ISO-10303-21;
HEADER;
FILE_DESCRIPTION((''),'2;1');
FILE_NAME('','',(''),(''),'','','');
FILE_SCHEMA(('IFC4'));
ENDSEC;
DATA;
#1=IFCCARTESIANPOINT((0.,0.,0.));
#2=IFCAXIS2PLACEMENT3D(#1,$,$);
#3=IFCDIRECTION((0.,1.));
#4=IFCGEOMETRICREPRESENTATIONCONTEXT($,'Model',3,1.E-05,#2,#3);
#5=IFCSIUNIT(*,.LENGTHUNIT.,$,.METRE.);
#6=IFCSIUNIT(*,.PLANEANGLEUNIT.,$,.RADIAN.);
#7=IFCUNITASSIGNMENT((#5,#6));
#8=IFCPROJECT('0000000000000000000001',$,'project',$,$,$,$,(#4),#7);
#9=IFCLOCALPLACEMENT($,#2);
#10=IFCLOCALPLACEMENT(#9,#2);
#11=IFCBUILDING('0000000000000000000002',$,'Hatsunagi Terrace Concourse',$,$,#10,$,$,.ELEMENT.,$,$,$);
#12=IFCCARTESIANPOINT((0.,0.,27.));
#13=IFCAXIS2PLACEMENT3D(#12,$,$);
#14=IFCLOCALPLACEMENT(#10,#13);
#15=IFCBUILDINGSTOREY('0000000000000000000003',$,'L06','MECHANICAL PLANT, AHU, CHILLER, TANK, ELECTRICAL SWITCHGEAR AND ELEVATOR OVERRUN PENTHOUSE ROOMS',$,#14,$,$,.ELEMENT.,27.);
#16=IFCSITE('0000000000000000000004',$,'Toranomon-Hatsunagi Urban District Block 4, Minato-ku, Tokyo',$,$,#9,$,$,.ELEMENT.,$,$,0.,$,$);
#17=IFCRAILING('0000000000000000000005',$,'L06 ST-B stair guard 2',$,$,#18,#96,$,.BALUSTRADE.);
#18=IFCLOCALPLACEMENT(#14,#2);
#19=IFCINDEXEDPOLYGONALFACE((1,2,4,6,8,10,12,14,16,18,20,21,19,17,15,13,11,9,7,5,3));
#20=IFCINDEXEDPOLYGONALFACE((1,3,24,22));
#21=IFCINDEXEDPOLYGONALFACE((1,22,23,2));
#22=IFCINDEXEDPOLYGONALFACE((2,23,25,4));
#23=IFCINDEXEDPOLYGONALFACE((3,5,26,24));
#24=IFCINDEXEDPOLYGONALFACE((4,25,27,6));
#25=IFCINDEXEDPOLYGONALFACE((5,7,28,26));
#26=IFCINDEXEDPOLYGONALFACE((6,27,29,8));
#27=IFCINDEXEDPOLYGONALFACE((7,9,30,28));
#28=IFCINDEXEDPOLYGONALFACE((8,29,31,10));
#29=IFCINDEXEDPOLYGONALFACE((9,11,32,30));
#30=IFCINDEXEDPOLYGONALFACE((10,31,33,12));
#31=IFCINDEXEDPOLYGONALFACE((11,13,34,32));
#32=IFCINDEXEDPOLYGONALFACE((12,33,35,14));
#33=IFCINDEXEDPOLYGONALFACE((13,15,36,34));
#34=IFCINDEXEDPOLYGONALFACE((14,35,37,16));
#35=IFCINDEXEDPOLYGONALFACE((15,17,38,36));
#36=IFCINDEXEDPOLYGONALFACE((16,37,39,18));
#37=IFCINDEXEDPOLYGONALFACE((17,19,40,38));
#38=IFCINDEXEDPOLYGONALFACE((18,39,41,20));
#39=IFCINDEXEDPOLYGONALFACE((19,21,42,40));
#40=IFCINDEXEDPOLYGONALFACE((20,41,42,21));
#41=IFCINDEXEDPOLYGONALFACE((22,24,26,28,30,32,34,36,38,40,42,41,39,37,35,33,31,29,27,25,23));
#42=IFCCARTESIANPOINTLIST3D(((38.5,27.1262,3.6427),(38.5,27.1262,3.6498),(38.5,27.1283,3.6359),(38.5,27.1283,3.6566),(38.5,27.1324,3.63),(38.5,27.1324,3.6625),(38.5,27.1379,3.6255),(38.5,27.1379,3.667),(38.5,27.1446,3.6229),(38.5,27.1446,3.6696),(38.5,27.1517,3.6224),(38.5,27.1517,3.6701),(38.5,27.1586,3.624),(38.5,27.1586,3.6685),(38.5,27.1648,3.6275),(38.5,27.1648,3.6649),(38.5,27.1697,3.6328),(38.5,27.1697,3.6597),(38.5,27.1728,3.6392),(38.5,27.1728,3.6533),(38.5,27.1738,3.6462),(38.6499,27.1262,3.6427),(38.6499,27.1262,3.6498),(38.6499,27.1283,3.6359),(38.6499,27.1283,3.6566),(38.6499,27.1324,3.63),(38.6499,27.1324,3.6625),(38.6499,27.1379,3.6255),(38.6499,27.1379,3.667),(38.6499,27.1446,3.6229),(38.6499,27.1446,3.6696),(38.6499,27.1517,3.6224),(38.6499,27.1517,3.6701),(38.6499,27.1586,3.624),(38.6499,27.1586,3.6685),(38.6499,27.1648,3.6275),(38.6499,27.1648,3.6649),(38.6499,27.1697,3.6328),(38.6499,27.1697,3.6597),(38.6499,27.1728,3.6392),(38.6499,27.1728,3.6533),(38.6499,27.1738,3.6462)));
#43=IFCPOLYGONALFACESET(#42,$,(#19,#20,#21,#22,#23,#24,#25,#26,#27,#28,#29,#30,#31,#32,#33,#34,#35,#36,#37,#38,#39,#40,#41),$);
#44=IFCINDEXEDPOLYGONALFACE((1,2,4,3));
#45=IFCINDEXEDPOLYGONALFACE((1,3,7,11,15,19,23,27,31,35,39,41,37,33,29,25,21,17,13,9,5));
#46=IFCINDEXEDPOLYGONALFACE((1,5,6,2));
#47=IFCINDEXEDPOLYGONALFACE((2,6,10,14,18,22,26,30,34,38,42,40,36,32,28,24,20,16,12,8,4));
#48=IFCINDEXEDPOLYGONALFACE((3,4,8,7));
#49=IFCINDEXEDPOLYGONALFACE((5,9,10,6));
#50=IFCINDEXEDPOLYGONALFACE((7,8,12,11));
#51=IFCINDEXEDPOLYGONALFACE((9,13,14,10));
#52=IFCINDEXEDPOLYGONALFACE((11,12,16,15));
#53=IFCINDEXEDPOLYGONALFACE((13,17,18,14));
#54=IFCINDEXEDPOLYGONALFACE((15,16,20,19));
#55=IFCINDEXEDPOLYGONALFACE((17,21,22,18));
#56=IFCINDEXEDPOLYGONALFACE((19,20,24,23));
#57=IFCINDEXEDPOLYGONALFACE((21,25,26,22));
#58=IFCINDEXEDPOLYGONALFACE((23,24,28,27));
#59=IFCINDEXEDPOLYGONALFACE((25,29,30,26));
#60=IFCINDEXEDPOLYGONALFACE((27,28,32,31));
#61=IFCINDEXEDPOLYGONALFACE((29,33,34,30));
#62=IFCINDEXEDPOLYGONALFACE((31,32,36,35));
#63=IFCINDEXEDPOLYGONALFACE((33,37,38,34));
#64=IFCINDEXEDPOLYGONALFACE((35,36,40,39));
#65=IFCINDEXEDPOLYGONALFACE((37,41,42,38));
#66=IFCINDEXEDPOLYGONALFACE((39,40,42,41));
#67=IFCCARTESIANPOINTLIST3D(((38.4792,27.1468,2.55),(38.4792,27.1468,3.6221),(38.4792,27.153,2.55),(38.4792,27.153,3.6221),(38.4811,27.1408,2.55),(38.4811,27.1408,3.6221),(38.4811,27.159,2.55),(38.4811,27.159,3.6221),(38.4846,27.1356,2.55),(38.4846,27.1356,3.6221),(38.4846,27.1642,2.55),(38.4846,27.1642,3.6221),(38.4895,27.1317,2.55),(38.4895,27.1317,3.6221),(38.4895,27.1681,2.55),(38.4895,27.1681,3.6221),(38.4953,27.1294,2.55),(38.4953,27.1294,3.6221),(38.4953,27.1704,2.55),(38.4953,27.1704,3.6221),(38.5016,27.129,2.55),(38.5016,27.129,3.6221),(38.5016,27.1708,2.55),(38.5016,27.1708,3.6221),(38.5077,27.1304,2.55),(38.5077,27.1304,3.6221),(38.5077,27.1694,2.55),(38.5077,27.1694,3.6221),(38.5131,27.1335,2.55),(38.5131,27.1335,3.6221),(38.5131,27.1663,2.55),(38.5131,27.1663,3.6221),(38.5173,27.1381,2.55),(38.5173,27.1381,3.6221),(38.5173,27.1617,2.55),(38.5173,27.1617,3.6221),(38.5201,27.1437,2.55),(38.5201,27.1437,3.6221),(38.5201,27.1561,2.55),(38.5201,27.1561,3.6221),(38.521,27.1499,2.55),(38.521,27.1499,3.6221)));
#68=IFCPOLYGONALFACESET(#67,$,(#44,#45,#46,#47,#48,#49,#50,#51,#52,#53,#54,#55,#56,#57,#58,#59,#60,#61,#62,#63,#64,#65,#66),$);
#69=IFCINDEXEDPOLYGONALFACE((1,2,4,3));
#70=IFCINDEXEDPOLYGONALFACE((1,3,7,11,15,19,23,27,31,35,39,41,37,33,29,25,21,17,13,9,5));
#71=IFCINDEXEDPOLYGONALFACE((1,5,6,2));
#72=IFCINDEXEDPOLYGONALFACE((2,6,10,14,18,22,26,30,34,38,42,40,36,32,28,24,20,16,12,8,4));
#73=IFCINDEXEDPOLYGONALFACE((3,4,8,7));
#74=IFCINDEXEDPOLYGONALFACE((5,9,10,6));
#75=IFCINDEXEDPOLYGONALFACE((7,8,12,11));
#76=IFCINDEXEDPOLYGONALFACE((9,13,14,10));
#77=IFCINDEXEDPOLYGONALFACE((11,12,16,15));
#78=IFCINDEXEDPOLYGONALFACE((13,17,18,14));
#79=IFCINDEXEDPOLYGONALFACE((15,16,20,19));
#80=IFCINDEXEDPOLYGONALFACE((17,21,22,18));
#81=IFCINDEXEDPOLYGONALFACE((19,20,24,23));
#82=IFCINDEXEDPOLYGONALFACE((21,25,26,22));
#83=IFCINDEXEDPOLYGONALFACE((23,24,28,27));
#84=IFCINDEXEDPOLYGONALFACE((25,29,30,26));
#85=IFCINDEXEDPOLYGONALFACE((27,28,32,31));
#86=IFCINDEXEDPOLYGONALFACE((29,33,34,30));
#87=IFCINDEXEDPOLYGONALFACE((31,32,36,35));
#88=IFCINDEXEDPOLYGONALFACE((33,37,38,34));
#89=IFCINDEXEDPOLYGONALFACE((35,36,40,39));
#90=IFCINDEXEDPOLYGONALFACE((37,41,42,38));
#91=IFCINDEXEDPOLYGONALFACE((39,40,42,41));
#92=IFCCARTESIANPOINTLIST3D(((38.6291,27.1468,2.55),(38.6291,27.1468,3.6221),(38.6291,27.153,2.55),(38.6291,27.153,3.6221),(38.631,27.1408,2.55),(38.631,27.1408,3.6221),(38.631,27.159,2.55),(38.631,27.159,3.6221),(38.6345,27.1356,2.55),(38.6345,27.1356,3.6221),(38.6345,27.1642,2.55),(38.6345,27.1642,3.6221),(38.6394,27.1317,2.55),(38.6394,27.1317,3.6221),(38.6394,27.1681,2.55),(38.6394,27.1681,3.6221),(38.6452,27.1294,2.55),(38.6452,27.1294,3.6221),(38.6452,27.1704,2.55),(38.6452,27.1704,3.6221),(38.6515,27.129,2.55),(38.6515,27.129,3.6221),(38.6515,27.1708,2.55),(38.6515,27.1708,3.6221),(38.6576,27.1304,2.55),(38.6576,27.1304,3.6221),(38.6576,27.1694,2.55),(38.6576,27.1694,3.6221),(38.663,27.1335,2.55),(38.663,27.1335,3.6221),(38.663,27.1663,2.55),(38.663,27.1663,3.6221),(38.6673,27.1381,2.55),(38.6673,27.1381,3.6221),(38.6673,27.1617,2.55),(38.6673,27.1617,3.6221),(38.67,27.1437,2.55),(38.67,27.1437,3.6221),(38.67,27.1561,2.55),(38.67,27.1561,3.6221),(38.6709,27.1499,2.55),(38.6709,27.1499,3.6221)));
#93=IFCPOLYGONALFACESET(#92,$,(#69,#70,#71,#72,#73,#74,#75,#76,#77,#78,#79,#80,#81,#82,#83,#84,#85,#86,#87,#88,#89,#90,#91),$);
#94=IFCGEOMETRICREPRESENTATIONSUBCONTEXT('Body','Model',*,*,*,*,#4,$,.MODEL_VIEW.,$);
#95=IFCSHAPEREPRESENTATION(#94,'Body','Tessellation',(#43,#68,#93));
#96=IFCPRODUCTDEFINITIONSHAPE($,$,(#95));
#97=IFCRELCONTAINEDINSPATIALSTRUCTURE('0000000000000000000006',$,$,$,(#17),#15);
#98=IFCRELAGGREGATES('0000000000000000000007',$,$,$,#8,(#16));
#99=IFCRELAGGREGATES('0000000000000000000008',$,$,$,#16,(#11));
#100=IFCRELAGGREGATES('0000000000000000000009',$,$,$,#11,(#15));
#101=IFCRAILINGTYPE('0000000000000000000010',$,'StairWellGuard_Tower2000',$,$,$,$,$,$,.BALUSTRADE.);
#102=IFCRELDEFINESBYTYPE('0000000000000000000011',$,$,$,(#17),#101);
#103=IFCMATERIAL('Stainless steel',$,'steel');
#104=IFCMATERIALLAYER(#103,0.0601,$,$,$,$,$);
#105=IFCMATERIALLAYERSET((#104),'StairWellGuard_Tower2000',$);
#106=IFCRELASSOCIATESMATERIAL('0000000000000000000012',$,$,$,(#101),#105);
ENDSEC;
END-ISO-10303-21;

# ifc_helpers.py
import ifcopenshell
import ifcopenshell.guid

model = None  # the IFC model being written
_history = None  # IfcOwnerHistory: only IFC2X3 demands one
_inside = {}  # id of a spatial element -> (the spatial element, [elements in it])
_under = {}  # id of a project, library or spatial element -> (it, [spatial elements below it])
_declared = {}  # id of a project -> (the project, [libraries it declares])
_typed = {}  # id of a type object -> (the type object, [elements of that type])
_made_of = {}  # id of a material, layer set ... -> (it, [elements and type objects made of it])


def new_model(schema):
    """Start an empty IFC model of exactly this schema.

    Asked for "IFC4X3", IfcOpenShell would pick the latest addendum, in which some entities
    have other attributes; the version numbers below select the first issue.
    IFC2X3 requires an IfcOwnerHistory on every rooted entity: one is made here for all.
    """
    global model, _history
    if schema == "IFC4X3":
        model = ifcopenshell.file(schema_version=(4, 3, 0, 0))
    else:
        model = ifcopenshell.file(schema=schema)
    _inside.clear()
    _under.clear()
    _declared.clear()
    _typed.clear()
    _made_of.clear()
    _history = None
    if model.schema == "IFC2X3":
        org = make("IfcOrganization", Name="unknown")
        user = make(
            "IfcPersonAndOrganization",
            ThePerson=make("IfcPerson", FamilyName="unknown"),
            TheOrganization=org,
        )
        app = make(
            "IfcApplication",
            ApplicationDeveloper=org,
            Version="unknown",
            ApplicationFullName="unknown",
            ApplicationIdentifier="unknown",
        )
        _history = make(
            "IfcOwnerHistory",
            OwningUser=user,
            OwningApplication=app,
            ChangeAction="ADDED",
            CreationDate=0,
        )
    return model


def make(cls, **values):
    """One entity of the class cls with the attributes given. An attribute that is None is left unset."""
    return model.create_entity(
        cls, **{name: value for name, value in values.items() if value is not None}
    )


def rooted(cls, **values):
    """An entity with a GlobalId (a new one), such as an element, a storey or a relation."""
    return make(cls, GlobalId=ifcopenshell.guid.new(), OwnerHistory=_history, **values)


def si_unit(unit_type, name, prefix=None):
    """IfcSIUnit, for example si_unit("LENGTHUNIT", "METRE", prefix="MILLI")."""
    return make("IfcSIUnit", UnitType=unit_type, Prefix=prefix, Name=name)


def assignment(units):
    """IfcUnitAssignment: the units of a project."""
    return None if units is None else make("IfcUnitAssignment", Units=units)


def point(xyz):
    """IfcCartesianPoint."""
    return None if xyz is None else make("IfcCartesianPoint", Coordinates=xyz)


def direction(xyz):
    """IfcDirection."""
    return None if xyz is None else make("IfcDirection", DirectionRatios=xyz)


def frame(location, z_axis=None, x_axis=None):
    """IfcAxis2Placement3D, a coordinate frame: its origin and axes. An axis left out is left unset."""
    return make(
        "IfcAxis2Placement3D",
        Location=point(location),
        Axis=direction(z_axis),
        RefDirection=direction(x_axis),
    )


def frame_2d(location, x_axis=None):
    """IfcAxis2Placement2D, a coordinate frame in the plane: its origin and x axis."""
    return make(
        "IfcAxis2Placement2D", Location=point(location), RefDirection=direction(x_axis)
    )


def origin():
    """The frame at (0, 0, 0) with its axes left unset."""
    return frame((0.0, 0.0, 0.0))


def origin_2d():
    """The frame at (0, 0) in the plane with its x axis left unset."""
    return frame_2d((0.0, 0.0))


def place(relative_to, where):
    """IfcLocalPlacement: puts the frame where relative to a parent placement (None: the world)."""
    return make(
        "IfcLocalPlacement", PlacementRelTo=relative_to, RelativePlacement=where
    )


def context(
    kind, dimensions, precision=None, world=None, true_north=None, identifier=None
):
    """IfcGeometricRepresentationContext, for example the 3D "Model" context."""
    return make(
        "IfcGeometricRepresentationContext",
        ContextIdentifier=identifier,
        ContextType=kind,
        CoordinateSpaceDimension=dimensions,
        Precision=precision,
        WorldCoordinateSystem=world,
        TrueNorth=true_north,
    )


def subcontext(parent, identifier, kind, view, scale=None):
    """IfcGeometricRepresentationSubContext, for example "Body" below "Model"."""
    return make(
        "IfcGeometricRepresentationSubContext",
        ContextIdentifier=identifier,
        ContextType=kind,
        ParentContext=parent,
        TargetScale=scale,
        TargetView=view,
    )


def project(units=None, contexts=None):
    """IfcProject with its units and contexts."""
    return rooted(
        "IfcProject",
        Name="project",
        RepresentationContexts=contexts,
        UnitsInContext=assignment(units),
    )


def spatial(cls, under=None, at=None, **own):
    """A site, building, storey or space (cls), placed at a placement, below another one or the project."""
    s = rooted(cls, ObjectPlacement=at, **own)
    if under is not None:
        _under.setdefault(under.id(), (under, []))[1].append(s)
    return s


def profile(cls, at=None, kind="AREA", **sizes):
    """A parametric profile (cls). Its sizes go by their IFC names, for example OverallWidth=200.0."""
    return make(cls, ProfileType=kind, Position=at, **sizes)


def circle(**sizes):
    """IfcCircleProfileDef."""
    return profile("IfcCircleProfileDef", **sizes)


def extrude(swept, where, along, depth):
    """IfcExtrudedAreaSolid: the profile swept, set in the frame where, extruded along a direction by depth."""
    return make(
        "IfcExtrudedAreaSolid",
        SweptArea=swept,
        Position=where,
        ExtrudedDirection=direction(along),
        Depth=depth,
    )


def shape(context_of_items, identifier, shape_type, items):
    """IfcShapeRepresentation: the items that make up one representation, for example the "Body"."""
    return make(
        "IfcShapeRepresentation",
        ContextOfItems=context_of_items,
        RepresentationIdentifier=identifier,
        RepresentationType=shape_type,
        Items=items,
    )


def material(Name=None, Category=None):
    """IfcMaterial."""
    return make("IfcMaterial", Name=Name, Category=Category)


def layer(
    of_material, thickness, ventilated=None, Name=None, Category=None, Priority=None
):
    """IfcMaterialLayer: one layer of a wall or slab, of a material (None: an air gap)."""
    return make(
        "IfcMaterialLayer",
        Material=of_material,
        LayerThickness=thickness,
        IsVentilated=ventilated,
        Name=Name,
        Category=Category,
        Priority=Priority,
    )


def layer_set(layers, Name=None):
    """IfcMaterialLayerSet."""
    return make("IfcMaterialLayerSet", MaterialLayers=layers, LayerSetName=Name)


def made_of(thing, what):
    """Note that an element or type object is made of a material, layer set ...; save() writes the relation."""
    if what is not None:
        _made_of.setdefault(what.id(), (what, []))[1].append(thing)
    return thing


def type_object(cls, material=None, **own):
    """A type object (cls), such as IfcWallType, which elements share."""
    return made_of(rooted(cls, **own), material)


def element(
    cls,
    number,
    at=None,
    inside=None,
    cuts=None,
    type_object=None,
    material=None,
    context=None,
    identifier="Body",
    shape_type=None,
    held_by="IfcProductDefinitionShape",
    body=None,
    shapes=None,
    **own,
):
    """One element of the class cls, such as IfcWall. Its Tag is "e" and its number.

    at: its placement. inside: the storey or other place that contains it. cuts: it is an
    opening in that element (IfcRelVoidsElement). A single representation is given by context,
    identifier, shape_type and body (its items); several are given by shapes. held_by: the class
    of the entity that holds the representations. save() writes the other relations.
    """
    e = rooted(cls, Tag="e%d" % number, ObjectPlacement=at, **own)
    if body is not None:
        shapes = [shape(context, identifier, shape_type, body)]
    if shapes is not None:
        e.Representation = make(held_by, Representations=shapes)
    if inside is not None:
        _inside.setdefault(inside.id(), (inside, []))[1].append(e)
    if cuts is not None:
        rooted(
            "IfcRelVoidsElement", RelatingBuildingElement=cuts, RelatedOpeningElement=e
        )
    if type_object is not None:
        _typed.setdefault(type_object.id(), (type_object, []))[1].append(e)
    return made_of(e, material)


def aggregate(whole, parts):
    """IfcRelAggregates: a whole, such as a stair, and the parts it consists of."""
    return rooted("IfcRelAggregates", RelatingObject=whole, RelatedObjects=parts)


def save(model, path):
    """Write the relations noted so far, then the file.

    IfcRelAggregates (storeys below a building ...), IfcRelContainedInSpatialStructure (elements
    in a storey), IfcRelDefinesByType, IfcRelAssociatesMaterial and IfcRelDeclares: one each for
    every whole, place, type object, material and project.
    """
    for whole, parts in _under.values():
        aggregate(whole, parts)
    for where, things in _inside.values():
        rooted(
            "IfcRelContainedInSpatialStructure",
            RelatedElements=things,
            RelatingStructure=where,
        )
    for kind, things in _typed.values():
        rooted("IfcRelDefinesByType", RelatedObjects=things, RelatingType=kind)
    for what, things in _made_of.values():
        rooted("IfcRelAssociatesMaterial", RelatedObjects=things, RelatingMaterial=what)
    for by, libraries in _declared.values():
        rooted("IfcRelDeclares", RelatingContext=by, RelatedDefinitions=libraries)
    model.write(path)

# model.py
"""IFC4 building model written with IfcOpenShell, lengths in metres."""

from ifc_helpers import new_model, si_unit, direction, frame, origin, origin_2d, place, context, subcontext, project, spatial, circle, extrude, material, layer, layer_set, type_object, element, save


model = new_model("IFC4")

# Units and contexts
model_context = context("Model", 3, precision=1e-05, world=origin(), true_north=direction((0.0, 1.0)))
body_context = subcontext(model_context, "Body", "Model", "MODEL_VIEW")
ifc_project = project(units=[si_unit("LENGTHUNIT", "METRE"), si_unit("PLANEANGLEUNIT", "RADIAN")], contexts=[model_context])

# Site, building, storey
site_placement = place(None, origin())
site = spatial("IfcSite", under=ifc_project, at=site_placement, Name="Toranomon-Hatsunagi Urban District Block 4, Minato-ku, Tokyo", CompositionType="ELEMENT", RefElevation=0.0)
building_placement = place(site_placement, origin())
building = spatial("IfcBuilding", under=site, at=building_placement, Name="Hatsunagi Terrace Concourse", CompositionType="ELEMENT")
storey_placement = place(building_placement, frame((0.0, 0.0, 27.0)))
storey = spatial("IfcBuildingStorey", under=building, at=storey_placement, Name="L06", Description="MECHANICAL PLANT, AHU, CHILLER, TANK, ELECTRICAL SWITCHGEAR AND ELEVATOR OVERRUN PENTHOUSE ROOMS", CompositionType="ELEMENT", Elevation=27.0)

# Railing
ifc_material_1 = material(Name="Stainless steel", Category="steel")
ifc_layer_1 = layer(ifc_material_1, 0.0601)
ifc_layer_set_1 = layer_set([ifc_layer_1], Name="StairWellGuard_Tower2000")
railing_type_1 = type_object("IfcRailingType", Name="StairWellGuard_Tower2000", PredefinedType="BALUSTRADE", material=ifc_layer_set_1)
railing_1_placement = place(storey_placement, frame((38.5, 27.1499, 2.55)))
element("IfcRailing", 1, at=railing_1_placement, inside=storey, type_object=railing_type_1, Name="L06 ST-B stair guard 2", PredefinedType="BALUSTRADE", context=body_context, shape_type="SweptSolid", body=[
    extrude(circle(Radius=0.0239, at=origin_2d()), frame((0.0, 0.0, 1.0962), z_axis=(1.0, 0.0, 0.0), x_axis=(0.0, 1.0, 0.0)), (0.0, 0.0, 1.0), 0.1499),
    extrude(circle(Radius=0.021, at=origin_2d()), origin(), (0.0, 0.0, 1.0), 1.072),
    extrude(circle(Radius=0.021, at=origin_2d()), frame((0.1499, 0.0, 0.0)), (0.0, 0.0, 1.0), 1.072),
])

save(model, "model.ifc")
